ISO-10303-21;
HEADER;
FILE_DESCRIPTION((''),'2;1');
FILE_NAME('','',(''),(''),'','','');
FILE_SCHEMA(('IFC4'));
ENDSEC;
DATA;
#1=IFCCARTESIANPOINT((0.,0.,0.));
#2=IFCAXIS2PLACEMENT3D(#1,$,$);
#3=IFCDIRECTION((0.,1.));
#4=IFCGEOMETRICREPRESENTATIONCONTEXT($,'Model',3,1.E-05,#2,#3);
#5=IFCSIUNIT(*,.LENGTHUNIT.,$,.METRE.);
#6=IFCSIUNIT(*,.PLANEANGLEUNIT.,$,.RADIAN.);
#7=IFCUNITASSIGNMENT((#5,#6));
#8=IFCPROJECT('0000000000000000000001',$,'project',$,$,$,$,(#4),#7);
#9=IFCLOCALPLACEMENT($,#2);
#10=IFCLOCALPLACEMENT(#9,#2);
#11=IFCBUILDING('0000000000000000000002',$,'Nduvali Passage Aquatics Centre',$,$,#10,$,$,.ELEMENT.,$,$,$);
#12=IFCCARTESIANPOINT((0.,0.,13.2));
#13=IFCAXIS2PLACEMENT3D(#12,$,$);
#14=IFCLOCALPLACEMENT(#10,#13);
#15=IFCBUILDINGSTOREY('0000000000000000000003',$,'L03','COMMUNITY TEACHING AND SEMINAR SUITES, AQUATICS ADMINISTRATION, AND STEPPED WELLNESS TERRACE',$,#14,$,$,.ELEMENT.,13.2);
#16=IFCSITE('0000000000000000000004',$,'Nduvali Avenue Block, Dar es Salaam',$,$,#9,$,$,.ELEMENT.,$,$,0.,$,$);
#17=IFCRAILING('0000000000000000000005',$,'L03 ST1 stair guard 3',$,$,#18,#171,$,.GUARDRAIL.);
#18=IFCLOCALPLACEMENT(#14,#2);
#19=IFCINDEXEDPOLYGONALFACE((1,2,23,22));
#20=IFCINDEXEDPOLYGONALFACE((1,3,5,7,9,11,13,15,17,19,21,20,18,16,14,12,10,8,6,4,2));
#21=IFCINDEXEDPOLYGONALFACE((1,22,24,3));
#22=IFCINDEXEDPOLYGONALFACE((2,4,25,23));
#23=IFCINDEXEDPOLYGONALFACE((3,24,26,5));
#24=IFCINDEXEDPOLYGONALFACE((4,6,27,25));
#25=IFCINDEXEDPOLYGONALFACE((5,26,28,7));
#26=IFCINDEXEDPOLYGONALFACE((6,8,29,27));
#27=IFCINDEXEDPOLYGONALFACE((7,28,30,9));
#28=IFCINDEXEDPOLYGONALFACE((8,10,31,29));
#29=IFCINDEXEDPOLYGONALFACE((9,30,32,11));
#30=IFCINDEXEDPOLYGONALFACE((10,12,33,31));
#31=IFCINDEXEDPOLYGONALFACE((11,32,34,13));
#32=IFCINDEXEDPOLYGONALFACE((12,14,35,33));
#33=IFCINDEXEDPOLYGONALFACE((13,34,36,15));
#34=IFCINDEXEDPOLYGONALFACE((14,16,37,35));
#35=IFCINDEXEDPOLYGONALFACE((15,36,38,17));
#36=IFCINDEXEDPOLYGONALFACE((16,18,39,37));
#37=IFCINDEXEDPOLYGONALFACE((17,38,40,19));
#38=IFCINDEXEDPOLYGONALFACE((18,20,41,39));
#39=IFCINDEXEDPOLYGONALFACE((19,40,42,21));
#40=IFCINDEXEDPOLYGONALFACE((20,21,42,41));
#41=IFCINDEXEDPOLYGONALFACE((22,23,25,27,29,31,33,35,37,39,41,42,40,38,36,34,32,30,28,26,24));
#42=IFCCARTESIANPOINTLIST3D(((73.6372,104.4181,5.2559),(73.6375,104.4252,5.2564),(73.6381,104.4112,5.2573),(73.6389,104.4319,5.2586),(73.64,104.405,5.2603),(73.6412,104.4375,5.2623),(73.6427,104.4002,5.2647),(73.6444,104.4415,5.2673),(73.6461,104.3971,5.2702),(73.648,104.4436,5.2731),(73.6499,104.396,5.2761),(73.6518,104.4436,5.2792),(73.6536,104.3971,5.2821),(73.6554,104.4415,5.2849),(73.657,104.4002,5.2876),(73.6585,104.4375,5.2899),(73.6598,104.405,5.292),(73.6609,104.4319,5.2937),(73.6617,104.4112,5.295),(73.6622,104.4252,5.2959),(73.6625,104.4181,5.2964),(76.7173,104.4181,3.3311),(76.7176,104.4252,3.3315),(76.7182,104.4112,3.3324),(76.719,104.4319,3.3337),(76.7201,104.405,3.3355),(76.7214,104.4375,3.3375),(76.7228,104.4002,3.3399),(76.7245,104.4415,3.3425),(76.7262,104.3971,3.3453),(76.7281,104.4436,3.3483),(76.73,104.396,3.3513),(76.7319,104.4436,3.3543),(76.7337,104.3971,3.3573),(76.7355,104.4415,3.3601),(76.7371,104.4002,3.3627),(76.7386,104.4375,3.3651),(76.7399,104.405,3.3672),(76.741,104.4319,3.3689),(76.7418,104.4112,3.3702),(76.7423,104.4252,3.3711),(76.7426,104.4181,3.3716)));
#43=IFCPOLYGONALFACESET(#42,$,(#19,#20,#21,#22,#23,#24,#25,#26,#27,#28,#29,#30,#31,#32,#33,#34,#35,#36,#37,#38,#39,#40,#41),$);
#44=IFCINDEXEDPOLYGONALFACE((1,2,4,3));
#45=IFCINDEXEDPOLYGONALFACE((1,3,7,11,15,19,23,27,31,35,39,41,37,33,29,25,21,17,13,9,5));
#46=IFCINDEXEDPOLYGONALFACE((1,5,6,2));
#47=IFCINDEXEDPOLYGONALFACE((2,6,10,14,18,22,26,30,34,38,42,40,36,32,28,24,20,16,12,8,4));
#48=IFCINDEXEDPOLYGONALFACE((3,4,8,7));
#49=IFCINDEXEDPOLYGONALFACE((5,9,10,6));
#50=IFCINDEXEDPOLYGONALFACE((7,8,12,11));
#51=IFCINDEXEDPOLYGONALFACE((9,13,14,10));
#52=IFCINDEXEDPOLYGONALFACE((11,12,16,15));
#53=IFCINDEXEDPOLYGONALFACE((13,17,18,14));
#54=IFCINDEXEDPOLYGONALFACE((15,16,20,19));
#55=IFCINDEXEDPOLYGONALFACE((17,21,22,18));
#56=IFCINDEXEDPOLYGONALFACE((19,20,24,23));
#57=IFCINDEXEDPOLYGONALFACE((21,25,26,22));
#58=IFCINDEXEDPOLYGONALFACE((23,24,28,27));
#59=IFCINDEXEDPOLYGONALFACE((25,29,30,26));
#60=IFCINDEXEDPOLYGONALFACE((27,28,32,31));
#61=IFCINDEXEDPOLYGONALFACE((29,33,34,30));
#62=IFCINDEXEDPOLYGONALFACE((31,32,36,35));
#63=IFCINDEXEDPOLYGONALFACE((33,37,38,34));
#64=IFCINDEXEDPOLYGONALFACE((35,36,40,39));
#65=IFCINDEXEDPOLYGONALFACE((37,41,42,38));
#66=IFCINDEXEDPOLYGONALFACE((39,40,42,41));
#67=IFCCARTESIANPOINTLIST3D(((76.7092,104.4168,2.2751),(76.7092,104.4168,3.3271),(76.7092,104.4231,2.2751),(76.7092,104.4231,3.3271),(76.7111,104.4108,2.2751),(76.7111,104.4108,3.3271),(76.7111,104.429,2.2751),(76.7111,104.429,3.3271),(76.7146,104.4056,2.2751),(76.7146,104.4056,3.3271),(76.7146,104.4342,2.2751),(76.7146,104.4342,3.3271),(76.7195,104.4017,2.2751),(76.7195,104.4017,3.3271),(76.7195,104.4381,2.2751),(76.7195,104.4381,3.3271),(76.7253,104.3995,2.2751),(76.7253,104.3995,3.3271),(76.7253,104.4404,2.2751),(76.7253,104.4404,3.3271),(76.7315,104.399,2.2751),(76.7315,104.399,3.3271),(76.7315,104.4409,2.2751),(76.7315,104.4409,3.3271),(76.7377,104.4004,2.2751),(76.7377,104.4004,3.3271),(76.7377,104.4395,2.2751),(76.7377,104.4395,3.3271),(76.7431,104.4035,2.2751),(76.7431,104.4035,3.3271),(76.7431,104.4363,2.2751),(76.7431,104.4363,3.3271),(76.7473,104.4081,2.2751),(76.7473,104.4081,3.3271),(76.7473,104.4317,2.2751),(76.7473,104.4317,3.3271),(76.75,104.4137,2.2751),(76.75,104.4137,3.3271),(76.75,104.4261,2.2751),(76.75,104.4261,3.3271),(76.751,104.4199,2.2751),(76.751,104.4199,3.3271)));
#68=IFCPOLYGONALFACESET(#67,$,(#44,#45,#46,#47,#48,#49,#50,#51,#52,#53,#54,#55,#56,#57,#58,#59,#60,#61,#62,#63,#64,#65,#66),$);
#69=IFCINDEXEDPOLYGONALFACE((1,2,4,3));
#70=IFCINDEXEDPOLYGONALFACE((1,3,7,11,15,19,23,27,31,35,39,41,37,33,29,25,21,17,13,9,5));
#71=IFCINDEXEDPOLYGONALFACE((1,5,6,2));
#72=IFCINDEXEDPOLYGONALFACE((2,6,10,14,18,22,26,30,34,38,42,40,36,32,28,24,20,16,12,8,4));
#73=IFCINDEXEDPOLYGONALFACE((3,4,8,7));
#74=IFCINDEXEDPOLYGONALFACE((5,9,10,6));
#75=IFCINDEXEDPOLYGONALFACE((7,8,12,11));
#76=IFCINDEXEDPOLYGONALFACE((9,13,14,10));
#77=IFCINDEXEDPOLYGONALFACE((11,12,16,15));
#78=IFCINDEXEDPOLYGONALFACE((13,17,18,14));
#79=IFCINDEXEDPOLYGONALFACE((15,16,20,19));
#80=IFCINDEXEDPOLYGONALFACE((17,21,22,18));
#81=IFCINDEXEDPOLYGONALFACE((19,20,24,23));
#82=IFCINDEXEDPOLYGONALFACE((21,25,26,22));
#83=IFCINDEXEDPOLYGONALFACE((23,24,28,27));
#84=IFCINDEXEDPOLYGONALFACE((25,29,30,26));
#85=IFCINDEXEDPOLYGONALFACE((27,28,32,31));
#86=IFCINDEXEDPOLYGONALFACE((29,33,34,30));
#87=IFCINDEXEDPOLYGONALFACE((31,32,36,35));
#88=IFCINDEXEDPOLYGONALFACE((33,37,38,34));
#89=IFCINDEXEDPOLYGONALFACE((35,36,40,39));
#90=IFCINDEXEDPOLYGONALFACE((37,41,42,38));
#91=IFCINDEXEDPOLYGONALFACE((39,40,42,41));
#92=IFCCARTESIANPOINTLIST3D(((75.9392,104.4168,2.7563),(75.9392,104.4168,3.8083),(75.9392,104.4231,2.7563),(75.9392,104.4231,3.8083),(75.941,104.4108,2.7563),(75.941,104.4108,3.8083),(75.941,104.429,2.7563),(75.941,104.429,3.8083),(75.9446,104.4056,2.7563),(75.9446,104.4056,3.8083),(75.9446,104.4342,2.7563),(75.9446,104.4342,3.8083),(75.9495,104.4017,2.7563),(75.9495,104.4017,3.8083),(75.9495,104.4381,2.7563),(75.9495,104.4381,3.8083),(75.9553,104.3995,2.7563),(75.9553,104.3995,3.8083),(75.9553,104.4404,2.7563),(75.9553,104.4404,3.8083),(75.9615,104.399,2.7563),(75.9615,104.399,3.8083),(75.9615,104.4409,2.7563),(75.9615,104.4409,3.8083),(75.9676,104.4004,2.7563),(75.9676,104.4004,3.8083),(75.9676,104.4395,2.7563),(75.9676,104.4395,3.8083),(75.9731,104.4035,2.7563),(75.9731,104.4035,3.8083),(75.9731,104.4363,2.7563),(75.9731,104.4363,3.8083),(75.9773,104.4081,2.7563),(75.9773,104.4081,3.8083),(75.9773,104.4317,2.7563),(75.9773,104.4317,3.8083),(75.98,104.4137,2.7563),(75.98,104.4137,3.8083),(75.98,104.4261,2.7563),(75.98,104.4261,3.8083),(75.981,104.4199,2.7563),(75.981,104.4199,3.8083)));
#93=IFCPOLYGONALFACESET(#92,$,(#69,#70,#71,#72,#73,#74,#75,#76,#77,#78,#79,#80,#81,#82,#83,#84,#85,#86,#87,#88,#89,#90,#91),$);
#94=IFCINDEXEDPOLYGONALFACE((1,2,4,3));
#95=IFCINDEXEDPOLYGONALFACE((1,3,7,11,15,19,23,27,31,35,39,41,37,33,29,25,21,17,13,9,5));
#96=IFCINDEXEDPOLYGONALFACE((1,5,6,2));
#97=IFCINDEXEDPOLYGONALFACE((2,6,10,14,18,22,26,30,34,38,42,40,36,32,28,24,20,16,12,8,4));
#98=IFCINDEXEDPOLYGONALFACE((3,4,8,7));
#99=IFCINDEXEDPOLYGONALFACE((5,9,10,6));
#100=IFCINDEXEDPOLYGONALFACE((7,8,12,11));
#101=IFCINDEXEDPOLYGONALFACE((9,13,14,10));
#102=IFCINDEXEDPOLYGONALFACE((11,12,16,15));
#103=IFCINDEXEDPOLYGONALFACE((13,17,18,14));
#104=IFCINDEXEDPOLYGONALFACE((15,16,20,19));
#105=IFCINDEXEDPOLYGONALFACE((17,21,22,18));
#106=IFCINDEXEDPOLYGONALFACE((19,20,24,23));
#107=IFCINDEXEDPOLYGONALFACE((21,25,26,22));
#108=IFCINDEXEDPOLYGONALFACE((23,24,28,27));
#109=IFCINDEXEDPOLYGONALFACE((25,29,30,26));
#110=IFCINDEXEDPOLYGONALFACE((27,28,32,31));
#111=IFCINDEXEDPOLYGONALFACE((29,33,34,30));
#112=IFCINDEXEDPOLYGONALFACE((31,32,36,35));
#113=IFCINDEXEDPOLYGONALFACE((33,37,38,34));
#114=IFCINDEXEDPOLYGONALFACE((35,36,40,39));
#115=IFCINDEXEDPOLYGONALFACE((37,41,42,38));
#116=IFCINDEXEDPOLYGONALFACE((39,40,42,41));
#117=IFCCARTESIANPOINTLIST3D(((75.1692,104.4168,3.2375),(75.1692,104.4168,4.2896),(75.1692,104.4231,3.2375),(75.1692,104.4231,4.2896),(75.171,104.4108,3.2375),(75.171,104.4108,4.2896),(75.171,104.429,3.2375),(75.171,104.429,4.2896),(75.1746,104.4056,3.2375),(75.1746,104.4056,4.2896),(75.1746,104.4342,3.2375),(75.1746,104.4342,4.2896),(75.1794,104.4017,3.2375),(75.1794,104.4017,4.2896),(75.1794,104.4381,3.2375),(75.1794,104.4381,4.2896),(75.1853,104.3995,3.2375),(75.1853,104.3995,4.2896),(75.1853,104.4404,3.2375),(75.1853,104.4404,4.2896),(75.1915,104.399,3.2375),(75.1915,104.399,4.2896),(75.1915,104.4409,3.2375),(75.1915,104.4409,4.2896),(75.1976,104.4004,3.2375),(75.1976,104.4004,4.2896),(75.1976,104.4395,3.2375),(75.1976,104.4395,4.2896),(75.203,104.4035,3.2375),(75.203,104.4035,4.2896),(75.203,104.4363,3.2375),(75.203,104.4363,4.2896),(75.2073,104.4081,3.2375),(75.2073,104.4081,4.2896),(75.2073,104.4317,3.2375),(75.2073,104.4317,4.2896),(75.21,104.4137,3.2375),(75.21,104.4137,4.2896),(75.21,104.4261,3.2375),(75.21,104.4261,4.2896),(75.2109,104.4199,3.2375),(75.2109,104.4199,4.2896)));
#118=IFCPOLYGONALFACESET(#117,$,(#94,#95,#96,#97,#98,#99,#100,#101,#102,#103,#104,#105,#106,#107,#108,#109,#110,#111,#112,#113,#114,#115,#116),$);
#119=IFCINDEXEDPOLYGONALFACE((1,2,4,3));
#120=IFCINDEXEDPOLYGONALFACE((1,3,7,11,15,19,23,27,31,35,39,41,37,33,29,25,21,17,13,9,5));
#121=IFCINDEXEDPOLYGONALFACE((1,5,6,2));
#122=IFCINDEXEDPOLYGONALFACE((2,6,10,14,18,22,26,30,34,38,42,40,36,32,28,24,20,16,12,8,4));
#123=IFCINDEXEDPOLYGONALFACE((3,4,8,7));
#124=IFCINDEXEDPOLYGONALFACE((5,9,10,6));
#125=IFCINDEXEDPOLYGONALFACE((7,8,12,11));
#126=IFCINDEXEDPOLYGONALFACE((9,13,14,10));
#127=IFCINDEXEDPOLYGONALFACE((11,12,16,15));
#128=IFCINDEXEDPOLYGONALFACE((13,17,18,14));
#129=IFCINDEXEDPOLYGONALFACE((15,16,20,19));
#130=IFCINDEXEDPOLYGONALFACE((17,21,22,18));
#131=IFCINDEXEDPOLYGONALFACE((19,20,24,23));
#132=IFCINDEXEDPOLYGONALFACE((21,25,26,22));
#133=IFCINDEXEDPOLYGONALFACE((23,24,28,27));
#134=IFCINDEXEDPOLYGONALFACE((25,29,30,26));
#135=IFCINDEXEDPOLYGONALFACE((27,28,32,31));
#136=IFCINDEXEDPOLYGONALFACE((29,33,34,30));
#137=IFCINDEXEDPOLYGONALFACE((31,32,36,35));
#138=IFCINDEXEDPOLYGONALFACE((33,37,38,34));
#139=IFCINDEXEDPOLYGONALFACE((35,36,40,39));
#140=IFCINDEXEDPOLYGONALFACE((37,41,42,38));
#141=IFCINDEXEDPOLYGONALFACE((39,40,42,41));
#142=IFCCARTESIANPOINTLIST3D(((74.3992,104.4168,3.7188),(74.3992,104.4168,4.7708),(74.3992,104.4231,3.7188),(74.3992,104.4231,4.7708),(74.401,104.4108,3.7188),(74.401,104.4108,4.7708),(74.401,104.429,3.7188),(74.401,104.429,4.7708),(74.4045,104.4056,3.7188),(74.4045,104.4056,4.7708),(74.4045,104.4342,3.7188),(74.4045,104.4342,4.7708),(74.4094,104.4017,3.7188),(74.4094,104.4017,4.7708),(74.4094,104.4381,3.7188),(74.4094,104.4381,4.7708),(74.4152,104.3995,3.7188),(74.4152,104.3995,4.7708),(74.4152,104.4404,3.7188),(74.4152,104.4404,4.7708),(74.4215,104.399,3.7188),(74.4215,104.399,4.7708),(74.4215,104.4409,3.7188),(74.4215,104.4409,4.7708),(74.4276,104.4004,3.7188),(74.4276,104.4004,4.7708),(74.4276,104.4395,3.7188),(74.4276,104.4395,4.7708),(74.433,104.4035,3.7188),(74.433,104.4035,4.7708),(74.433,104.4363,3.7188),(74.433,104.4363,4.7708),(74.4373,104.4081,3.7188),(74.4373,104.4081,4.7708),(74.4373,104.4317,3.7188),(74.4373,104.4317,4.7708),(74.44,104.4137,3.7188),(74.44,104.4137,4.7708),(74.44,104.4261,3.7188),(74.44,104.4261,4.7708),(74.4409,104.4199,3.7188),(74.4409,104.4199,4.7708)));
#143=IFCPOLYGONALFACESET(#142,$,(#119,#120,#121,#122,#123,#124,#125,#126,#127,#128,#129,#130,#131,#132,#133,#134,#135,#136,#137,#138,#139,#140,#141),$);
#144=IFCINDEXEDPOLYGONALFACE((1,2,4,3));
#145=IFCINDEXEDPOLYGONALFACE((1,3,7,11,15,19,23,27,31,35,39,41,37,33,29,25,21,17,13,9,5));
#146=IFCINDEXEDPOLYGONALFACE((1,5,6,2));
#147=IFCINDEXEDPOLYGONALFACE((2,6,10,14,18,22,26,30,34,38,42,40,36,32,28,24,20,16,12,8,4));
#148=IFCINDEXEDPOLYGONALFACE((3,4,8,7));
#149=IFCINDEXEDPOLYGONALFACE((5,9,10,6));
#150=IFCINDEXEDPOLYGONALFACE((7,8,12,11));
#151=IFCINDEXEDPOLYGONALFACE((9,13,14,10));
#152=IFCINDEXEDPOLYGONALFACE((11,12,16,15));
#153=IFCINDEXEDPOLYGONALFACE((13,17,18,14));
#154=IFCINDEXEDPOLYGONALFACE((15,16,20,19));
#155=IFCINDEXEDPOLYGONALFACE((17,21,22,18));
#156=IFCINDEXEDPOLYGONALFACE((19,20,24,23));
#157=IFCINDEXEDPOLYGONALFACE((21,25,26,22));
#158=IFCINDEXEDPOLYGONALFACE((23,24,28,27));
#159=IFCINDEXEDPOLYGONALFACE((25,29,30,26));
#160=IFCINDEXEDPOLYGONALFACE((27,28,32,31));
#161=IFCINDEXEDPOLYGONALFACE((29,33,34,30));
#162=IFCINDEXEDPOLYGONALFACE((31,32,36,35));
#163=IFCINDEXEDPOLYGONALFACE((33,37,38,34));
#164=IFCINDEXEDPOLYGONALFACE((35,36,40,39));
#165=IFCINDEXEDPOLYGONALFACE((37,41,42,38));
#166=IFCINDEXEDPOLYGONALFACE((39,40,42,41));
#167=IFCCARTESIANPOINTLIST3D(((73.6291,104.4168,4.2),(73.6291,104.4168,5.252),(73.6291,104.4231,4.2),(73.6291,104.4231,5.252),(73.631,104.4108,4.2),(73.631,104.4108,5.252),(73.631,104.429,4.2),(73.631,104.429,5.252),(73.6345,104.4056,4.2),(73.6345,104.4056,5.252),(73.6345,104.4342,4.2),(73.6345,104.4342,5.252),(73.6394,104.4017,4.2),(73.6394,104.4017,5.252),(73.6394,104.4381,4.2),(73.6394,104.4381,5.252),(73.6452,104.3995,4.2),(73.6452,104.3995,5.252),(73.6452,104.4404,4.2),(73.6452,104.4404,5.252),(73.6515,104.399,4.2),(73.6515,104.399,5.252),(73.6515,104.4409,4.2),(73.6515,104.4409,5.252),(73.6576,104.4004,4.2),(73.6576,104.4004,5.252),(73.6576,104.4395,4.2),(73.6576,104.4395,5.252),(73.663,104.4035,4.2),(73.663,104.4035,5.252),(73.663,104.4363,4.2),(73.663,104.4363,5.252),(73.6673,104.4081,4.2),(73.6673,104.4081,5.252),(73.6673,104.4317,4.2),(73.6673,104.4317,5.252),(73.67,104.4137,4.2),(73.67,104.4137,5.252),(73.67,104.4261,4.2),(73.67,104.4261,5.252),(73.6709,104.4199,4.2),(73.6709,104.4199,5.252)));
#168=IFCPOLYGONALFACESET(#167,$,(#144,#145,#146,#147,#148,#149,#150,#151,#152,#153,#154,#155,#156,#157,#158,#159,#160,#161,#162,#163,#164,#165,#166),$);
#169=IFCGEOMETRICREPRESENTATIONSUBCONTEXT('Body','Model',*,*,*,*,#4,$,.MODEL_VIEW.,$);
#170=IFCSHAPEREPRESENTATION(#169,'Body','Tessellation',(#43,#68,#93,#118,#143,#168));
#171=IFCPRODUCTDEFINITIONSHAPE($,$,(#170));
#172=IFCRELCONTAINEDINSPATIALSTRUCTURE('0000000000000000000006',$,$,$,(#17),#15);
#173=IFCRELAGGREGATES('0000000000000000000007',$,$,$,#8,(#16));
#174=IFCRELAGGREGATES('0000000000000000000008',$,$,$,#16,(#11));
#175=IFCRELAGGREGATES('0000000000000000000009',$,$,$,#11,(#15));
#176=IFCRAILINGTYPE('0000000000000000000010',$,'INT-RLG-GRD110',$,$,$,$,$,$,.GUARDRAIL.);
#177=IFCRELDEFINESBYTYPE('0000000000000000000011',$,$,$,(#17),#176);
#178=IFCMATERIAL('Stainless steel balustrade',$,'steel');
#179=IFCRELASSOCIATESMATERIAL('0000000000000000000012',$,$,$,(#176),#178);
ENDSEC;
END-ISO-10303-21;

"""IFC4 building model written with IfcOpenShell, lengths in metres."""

from ifc_helpers import new_model, si_unit, direction, frame, origin, origin_2d, place, context, subcontext, project, spatial, circle, extrude, material, type_object, element, save


model = new_model("IFC4")

# Units and contexts
model_context = context("Model", 3, precision=1e-05, world=origin(), true_north=direction((0.0, 1.0)))
body_context = subcontext(model_context, "Body", "Model", "MODEL_VIEW")
ifc_project = project(units=[si_unit("LENGTHUNIT", "METRE"), si_unit("PLANEANGLEUNIT", "RADIAN")], contexts=[model_context])

# Site, building, storey
site_placement = place(None, origin())
site = spatial("IfcSite", under=ifc_project, at=site_placement, Name="Nduvali Avenue Block, Dar es Salaam", CompositionType="ELEMENT", RefElevation=0.0)
building_placement = place(site_placement, origin())
building = spatial("IfcBuilding", under=site, at=building_placement, Name="Nduvali Passage Aquatics Centre", CompositionType="ELEMENT")
storey_placement = place(building_placement, frame((0.0, 0.0, 13.2)))
storey = spatial("IfcBuildingStorey", under=building, at=storey_placement, Name="L03", Description="COMMUNITY TEACHING AND SEMINAR SUITES, AQUATICS ADMINISTRATION, AND STEPPED WELLNESS TERRACE", CompositionType="ELEMENT", Elevation=13.2)

# Railing
ifc_material_1 = material(Name="Stainless steel balustrade", Category="steel")
railing_type_1 = type_object("IfcRailingType", Name="INT-RLG-GRD110", PredefinedType="GUARDRAIL", material=ifc_material_1)
railing_1_placement = place(storey_placement, frame((76.73, 104.4199, 2.2751)))
element("IfcRailing", 1, at=railing_1_placement, inside=storey, type_object=railing_type_1, Name="L03 ST1 stair guard 3", PredefinedType="GUARDRAIL", context=body_context, shape_type="SweptSolid", body=[
    extrude(circle(Radius=0.0239, at=origin_2d()), frame((0.0, 0.0, 1.0762), z_axis=(-0.848029, 0.0, 0.529951), x_axis=(0.0, -1.0, 0.0)), (0.0, 0.0, 1.0), 3.6321),
    extrude(circle(Radius=0.021, at=origin_2d()), origin(), (0.0, 0.0, 1.0), 1.052),
    extrude(circle(Radius=0.021, at=origin_2d()), frame((-0.77, 0.0, 0.4812)), (0.0, 0.0, 1.0), 1.052),
    extrude(circle(Radius=0.021, at=origin_2d()), frame((-1.54, 0.0, 0.9624)), (0.0, 0.0, 1.0), 1.052),
    extrude(circle(Radius=0.021, at=origin_2d()), frame((-2.3101, 0.0, 1.4436)), (0.0, 0.0, 1.0), 1.052),
    extrude(circle(Radius=0.021, at=origin_2d()), frame((-3.0801, 0.0, 1.9248)), (0.0, 0.0, 1.0), 1.052),
])

save(model, "model.ifc")
